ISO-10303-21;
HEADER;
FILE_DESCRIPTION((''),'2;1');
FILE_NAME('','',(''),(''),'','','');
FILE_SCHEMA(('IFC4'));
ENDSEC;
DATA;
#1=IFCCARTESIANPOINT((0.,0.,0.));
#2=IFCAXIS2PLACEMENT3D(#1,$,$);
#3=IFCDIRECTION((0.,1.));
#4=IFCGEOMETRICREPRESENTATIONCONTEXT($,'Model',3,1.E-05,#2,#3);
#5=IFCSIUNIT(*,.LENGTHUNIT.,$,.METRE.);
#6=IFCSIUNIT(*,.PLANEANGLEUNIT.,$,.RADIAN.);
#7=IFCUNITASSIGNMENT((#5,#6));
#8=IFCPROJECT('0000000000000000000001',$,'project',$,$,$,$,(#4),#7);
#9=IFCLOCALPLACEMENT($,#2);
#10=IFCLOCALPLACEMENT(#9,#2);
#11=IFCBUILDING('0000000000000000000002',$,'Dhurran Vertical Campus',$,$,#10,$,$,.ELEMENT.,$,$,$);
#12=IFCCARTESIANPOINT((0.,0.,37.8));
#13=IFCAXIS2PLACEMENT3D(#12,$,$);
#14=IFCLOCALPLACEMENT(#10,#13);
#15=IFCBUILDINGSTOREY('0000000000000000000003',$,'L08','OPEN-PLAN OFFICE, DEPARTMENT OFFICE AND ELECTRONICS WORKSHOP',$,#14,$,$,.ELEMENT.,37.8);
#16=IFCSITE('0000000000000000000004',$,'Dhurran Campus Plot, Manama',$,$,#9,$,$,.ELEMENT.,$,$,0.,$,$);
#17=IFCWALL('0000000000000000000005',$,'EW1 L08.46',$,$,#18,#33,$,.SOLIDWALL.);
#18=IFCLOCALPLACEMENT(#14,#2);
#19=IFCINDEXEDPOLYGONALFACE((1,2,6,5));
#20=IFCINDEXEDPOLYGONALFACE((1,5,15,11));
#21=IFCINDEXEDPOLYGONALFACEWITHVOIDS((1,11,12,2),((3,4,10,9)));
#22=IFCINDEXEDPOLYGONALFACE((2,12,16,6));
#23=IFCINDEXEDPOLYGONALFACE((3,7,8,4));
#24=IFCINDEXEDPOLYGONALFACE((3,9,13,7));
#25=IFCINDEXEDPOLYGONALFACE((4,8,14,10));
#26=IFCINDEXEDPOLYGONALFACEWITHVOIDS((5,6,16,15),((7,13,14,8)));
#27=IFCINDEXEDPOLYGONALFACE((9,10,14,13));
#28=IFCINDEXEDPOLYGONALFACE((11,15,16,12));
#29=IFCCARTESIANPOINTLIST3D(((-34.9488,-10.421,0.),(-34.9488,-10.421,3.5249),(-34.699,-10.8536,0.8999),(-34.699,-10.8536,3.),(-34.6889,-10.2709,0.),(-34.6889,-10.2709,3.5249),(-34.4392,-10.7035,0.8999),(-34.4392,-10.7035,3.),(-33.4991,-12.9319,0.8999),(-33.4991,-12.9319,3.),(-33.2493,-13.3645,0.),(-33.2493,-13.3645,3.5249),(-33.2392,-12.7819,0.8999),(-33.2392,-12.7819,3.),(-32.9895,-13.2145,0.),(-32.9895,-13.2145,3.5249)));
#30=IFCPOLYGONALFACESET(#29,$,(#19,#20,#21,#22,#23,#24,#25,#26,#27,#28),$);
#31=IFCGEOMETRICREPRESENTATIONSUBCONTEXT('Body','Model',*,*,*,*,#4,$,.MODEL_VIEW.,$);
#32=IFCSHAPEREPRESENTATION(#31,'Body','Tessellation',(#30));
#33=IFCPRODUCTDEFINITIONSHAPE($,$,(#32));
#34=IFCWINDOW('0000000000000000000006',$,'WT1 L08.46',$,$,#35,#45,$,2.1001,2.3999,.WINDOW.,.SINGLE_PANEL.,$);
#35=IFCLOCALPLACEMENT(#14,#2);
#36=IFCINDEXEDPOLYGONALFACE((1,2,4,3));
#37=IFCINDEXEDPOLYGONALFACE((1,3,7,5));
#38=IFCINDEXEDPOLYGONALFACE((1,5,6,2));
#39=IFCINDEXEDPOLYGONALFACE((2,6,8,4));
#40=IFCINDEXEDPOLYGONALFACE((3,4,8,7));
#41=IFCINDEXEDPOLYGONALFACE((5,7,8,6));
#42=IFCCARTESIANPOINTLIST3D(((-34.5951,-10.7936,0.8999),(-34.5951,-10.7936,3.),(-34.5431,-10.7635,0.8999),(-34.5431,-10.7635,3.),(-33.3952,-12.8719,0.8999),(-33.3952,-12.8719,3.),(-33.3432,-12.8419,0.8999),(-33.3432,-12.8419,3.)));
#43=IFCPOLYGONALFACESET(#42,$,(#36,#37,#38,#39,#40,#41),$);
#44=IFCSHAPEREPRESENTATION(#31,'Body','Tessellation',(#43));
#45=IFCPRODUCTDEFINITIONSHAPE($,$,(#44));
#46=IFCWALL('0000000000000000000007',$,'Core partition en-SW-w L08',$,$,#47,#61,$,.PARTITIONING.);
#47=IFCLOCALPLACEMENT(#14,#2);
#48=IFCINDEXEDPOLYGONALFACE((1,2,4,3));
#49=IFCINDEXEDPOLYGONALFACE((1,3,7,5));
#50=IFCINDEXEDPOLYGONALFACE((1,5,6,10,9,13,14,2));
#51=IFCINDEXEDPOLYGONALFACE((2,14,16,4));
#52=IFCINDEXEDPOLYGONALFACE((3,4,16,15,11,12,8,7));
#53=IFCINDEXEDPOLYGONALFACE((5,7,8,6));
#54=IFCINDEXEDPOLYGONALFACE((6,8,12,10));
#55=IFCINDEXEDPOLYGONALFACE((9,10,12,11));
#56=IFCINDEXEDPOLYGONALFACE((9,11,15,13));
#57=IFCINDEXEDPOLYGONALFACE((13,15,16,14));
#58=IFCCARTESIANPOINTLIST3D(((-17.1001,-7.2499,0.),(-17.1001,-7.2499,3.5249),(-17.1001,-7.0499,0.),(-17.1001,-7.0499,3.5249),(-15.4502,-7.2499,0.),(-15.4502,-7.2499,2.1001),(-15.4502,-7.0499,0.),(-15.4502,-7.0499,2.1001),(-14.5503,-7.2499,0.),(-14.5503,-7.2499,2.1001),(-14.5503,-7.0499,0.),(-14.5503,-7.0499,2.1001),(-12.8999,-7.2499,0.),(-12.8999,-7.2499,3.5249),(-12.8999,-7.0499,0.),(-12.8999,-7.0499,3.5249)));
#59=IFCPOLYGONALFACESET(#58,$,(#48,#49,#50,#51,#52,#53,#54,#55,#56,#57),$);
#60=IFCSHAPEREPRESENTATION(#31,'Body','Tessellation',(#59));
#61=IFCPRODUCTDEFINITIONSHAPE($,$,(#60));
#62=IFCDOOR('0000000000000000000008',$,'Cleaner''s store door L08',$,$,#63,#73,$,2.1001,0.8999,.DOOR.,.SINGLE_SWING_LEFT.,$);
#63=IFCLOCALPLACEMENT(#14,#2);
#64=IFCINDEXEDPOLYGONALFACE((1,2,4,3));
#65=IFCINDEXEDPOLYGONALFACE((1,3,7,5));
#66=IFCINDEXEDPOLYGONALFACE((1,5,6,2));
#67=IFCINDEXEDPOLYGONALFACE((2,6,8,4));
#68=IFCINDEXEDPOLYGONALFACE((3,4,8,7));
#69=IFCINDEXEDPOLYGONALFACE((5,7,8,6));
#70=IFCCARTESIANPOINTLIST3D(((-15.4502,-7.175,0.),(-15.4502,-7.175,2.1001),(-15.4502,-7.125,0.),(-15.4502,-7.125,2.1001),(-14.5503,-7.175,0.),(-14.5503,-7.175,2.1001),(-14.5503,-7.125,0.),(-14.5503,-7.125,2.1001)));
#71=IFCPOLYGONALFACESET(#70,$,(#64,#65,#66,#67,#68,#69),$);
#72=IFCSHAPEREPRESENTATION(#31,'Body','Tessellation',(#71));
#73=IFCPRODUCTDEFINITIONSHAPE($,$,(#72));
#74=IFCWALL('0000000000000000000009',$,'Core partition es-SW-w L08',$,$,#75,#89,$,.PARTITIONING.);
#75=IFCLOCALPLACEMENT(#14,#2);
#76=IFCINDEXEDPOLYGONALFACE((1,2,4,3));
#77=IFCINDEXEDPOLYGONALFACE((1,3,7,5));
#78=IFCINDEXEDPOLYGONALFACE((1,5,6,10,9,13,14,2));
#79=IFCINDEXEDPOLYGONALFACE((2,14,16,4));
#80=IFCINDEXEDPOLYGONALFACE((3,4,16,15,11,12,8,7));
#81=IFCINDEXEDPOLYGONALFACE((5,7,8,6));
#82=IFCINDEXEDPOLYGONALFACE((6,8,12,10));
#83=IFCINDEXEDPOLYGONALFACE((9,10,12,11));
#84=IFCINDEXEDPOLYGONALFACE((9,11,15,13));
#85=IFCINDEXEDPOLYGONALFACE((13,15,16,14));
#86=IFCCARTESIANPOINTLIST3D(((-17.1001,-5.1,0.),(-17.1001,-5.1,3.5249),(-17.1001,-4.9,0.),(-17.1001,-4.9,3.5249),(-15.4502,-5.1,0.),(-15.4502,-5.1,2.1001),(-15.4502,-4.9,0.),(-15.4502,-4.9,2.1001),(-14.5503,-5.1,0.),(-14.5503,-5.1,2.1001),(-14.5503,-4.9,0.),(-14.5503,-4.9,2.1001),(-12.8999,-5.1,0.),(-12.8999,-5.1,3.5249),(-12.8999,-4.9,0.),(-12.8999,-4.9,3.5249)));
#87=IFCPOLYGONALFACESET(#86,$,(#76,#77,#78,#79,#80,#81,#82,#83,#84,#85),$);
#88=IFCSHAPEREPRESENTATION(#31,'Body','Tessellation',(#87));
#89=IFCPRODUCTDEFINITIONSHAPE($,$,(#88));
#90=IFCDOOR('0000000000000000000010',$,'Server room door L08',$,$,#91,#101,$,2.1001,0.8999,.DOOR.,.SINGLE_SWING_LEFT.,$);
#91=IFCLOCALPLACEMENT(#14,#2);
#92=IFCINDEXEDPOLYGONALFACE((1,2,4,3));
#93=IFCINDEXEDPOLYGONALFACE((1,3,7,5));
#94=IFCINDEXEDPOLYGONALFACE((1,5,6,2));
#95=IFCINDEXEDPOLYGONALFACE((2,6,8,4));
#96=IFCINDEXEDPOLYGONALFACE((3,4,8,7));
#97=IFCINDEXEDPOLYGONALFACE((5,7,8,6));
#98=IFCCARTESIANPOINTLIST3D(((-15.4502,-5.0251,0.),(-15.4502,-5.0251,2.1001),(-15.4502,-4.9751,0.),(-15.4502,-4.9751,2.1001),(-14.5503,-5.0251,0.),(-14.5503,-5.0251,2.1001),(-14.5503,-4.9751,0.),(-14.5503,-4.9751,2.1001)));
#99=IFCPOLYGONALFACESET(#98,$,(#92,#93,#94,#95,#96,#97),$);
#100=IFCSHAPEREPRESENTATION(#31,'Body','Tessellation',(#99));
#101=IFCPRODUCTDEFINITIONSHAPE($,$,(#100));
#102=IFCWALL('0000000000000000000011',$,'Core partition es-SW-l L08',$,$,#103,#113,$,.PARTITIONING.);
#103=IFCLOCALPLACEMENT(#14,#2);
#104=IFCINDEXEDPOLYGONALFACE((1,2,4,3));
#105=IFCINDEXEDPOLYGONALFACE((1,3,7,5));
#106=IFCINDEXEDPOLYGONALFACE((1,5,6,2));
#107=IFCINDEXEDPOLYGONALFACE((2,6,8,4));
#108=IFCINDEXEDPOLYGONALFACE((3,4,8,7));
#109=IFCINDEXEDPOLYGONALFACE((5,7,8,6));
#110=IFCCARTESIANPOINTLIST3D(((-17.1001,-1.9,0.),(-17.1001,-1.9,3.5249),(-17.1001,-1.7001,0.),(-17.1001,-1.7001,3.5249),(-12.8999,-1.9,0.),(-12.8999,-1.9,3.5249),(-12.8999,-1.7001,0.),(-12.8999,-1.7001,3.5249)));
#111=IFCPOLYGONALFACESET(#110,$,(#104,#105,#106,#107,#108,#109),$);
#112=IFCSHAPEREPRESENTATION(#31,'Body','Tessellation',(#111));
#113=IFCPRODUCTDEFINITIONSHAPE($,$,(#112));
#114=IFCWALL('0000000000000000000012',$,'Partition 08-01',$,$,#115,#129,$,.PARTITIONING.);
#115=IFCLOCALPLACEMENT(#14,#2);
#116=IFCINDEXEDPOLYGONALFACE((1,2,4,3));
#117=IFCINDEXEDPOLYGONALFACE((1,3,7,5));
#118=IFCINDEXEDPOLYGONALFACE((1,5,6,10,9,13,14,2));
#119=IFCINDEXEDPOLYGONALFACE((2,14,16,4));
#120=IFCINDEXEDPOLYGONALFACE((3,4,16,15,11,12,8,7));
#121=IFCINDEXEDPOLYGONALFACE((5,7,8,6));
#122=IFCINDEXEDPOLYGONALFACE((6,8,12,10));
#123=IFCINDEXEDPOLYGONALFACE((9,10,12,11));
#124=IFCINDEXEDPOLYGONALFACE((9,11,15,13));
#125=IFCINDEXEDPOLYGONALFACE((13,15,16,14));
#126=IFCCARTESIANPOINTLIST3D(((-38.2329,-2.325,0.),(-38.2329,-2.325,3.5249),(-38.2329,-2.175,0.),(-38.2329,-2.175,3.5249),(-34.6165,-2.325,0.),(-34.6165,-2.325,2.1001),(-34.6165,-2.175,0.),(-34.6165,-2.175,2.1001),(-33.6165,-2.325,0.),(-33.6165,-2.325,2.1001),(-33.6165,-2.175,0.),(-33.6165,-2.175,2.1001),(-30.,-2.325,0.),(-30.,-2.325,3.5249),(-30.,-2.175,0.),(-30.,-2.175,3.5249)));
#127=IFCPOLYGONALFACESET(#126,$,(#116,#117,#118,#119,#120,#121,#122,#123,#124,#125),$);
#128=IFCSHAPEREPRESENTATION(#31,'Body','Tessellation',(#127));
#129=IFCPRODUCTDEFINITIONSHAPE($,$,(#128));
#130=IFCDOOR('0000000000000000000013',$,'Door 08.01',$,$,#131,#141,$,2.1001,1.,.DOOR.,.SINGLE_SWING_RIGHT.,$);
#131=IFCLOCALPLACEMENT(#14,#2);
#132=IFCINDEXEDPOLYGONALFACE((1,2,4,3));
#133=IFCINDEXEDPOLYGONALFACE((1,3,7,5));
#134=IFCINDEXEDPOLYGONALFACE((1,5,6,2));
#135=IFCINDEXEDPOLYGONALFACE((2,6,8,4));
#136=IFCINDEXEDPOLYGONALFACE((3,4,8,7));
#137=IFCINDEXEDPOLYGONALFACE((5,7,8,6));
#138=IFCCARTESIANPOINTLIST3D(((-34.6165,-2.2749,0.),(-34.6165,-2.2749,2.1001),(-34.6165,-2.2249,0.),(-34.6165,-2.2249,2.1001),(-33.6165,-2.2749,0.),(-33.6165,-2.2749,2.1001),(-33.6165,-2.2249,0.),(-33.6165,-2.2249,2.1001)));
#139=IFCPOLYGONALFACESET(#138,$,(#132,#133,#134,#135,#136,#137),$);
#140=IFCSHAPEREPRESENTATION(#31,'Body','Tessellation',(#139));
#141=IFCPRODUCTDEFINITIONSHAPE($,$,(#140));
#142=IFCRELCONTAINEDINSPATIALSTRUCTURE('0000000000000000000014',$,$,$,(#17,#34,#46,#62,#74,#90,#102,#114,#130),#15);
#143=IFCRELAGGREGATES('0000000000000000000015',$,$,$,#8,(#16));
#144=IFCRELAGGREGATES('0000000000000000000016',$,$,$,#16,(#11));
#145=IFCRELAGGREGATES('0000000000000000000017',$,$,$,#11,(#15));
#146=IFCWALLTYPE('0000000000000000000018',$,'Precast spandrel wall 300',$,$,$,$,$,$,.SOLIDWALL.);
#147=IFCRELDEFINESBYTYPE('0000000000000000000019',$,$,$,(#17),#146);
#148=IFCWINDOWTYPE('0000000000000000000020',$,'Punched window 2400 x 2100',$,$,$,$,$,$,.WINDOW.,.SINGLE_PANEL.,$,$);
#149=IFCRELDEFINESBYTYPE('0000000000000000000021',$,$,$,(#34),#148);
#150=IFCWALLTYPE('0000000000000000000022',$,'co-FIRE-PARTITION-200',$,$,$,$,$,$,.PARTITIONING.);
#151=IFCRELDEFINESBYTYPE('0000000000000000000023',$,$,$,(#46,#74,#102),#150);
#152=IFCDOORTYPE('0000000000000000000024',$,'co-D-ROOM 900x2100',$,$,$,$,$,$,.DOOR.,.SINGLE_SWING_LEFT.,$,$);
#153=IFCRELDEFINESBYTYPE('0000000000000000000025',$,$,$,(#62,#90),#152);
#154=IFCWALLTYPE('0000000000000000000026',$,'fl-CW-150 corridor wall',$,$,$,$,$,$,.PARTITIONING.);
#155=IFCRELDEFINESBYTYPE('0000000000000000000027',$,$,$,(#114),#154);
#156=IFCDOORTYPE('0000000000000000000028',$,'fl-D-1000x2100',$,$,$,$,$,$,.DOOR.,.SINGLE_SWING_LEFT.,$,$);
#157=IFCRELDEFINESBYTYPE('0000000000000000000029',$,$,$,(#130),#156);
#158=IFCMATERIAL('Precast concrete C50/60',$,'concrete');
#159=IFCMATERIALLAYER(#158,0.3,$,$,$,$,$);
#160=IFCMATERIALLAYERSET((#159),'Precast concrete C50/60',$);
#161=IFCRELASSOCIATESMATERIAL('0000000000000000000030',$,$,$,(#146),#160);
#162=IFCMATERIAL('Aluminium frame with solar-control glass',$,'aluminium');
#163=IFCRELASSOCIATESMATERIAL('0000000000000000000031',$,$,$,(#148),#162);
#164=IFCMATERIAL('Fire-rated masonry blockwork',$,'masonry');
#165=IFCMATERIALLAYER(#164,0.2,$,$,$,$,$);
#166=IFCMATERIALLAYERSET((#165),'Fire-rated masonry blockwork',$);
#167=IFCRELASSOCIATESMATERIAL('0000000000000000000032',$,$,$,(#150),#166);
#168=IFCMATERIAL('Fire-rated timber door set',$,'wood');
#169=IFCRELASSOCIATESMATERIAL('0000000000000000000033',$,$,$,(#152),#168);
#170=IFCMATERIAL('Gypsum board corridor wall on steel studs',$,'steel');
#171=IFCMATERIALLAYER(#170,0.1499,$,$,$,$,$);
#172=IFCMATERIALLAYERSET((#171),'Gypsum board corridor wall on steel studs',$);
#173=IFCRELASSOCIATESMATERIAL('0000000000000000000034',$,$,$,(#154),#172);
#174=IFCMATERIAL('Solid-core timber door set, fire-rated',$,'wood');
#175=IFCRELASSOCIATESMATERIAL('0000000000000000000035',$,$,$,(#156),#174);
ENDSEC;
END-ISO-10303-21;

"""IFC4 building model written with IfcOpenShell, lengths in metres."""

from ifc_helpers import new_model, si_unit, direction, frame, frame_2d, origin, place, context, subcontext, project, spatial, rectangle, extrude, material, layer, layer_set, type_object, element, fill, save


model = new_model("IFC4")

# Units and contexts
model_context = context("Model", 3, precision=1e-05, world=origin(), true_north=direction((0.0, 1.0)))
body_context = subcontext(model_context, "Body", "Model", "MODEL_VIEW")
ifc_project = project(units=[si_unit("LENGTHUNIT", "METRE"), si_unit("PLANEANGLEUNIT", "RADIAN")], contexts=[model_context])

# Site, building, storey
site_placement = place(None, origin())
site = spatial("IfcSite", under=ifc_project, at=site_placement, Name="Dhurran Campus Plot, Manama", CompositionType="ELEMENT", RefElevation=0.0)
building_placement = place(site_placement, origin())
building = spatial("IfcBuilding", under=site, at=building_placement, Name="Dhurran Vertical Campus", CompositionType="ELEMENT")
storey_placement = place(building_placement, frame((0.0, 0.0, 37.8)))
storey = spatial("IfcBuildingStorey", under=building, at=storey_placement, Name="L08", Description="OPEN-PLAN OFFICE, DEPARTMENT OFFICE AND ELECTRONICS WORKSHOP", CompositionType="ELEMENT", Elevation=37.8)

# Wall, opening, window
ifc_material_1 = material(Name="Precast concrete C50/60", Category="concrete")
ifc_layer_1 = layer(ifc_material_1, 0.3)
ifc_layer_set_1 = layer_set([ifc_layer_1], Name="Precast concrete C50/60")
wall_type_1 = type_object("IfcWallType", Name="Precast spandrel wall 300", PredefinedType="SOLIDWALL", material=ifc_layer_set_1)
ifc_material_2 = material(Name="Aluminium frame with solar-control glass", Category="aluminium")
window_type = type_object("IfcWindowType", Name="Punched window 2400 x 2100", PartitioningType="SINGLE_PANEL", PredefinedType="WINDOW", material=ifc_material_2)
wall_1_placement = place(storey_placement, frame((-34.8188, -10.3459, 0.0), z_axis=(0.0, 0.0, 1.0), x_axis=(0.499994, -0.866029, 0.0)))
wall_1 = element("IfcWall", 1, at=wall_1_placement, inside=storey, type_object=wall_type_1, Name="EW1 L08.46", PredefinedType="SOLIDWALL", context=body_context, shape_type="SweptSolid", body=[
    extrude(rectangle(XDim=3.3989, YDim=0.3, at=frame_2d((1.6995, 0.0))), origin(), (0.0, 0.0, 1.0), 3.5249),
])
opening_1_placement = place(wall_1_placement, frame((0.4995, 0.0, 0.8999)))
opening_1 = element("IfcOpeningElement", 2, at=opening_1_placement, cuts=wall_1, PredefinedType="OPENING", context=body_context, shape_type="SweptSolid", body=[
    extrude(rectangle(XDim=2.3999, YDim=2.1001, at=frame_2d((1.2, 1.05))), frame((0.0, 0.1599, 0.0), z_axis=(0.0, -1.0, 0.0), x_axis=(1.0, 0.0, 0.0)), (0.0, 0.0, 1.0), 0.3201),
])
window_1_placement = place(opening_1_placement, origin())
window_1 = element("IfcWindow", 3, at=window_1_placement, inside=storey, type_object=window_type, Name="WT1 L08.46", OverallHeight=2.1001, OverallWidth=2.3999, PartitioningType="SINGLE_PANEL", PredefinedType="WINDOW", context=body_context, shape_type="SweptSolid", body=[
    extrude(rectangle(XDim=2.3999, YDim=2.1001, at=frame_2d((1.2, 1.05))), frame((0.0, 0.03, 0.0), z_axis=(0.0, -1.0, 0.0), x_axis=(1.0, 0.0, 0.0)), (0.0, 0.0, 1.0), 0.0601),
])
fill(opening_1, window_1)

# Walls, openings, doors
ifc_material_3 = material(Name="Fire-rated masonry blockwork", Category="masonry")
ifc_layer_2 = layer(ifc_material_3, 0.2)
ifc_layer_set_2 = layer_set([ifc_layer_2], Name="Fire-rated masonry blockwork")
wall_type_2 = type_object("IfcWallType", Name="co-FIRE-PARTITION-200", PredefinedType="PARTITIONING", material=ifc_layer_set_2)
wall_2_placement = place(storey_placement, frame((-17.1001, -7.1499, 0.0), z_axis=(0.0, 0.0, 1.0), x_axis=(1.0, 0.0, 0.0)))
wall_2 = element("IfcWall", 4, at=wall_2_placement, inside=storey, type_object=wall_type_2, Name="Core partition en-SW-w L08", PredefinedType="PARTITIONING", context=body_context, shape_type="SweptSolid", body=[
    extrude(rectangle(XDim=4.2002, YDim=0.2, at=frame_2d((2.1001, 0.0))), origin(), (0.0, 0.0, 1.0), 3.5249),
])
opening_2_placement = place(wall_2_placement, frame((1.6499, 0.0, 0.0)))
opening_2 = element("IfcOpeningElement", 5, at=opening_2_placement, cuts=wall_2, PredefinedType="OPENING", context=body_context, shape_type="SweptSolid", body=[
    extrude(rectangle(XDim=0.8999, YDim=2.1001, at=frame_2d((0.45, 1.05))), frame((0.0, 0.1099, 0.0), z_axis=(0.0, -1.0, 0.0), x_axis=(1.0, 0.0, 0.0)), (0.0, 0.0, 1.0), 0.22),
])
ifc_material_4 = material(Name="Fire-rated timber door set", Category="wood")
door_type_1 = type_object("IfcDoorType", Name="co-D-ROOM 900x2100", OperationType="SINGLE_SWING_LEFT", PredefinedType="DOOR", material=ifc_material_4)
door_1_placement = place(opening_2_placement, origin())
door_1 = element("IfcDoor", 6, at=door_1_placement, inside=storey, type_object=door_type_1, Name="Cleaner's store door L08", OperationType="SINGLE_SWING_LEFT", OverallHeight=2.1001, OverallWidth=0.8999, PredefinedType="DOOR", context=body_context, shape_type="SweptSolid", body=[
    extrude(rectangle(XDim=0.8999, YDim=2.1001, at=frame_2d((0.45, 1.05))), frame((0.0, 0.0249, 0.0), z_axis=(0.0, -1.0, 0.0), x_axis=(1.0, 0.0, 0.0)), (0.0, 0.0, 1.0), 0.05),
])
fill(opening_2, door_1)
wall_3_placement = place(storey_placement, frame((-17.1001, -5.0, 0.0), z_axis=(0.0, 0.0, 1.0), x_axis=(1.0, 0.0, 0.0)))
wall_3 = element("IfcWall", 7, at=wall_3_placement, inside=storey, type_object=wall_type_2, Name="Core partition es-SW-w L08", PredefinedType="PARTITIONING", context=body_context, shape_type="SweptSolid", body=[
    extrude(rectangle(XDim=4.2002, YDim=0.2, at=frame_2d((2.1001, 0.0))), origin(), (0.0, 0.0, 1.0), 3.5249),
])
opening_3_placement = place(wall_3_placement, frame((1.6499, 0.0, 0.0)))
opening_3 = element("IfcOpeningElement", 8, at=opening_3_placement, cuts=wall_3, PredefinedType="OPENING", context=body_context, shape_type="SweptSolid", body=[
    extrude(rectangle(XDim=0.8999, YDim=2.1001, at=frame_2d((0.45, 1.05))), frame((0.0, 0.1099, 0.0), z_axis=(0.0, -1.0, 0.0), x_axis=(1.0, 0.0, 0.0)), (0.0, 0.0, 1.0), 0.22),
])
door_2_placement = place(opening_3_placement, origin())
door_2 = element("IfcDoor", 9, at=door_2_placement, inside=storey, type_object=door_type_1, Name="Server room door L08", OperationType="SINGLE_SWING_LEFT", OverallHeight=2.1001, OverallWidth=0.8999, PredefinedType="DOOR", context=body_context, shape_type="SweptSolid", body=[
    extrude(rectangle(XDim=0.8999, YDim=2.1001, at=frame_2d((0.45, 1.05))), frame((0.0, 0.0249, 0.0), z_axis=(0.0, -1.0, 0.0), x_axis=(1.0, 0.0, 0.0)), (0.0, 0.0, 1.0), 0.05),
])
fill(opening_3, door_2)

# Wall
wall_4_placement = place(storey_placement, frame((-17.1001, -1.8, 0.0), z_axis=(0.0, 0.0, 1.0), x_axis=(1.0, 0.0, 0.0)))
element("IfcWall", 10, at=wall_4_placement, inside=storey, type_object=wall_type_2, Name="Core partition es-SW-l L08", PredefinedType="PARTITIONING", context=body_context, shape_type="SweptSolid", body=[
    extrude(rectangle(XDim=4.2002, YDim=0.2, at=frame_2d((2.1001, 0.0))), origin(), (0.0, 0.0, 1.0), 3.5249),
])

# Wall, opening, door
ifc_material_5 = material(Name="Gypsum board corridor wall on steel studs", Category="steel")
ifc_layer_3 = layer(ifc_material_5, 0.1499)
ifc_layer_set_3 = layer_set([ifc_layer_3], Name="Gypsum board corridor wall on steel studs")
wall_type_3 = type_object("IfcWallType", Name="fl-CW-150 corridor wall", PredefinedType="PARTITIONING", material=ifc_layer_set_3)
wall_5_placement = place(storey_placement, frame((-30.0, -2.25, 0.0), z_axis=(0.0, 0.0, 1.0), x_axis=(-1.0, 0.0, 0.0)))
wall_5 = element("IfcWall", 11, at=wall_5_placement, inside=storey, type_object=wall_type_3, Name="Partition 08-01", PredefinedType="PARTITIONING", context=body_context, shape_type="SweptSolid", body=[
    extrude(rectangle(XDim=8.2329, YDim=0.1499, at=frame_2d((4.1165, 0.0))), origin(), (0.0, 0.0, 1.0), 3.5249),
])
opening_4_placement = place(wall_5_placement, frame((3.6165, 0.0, 0.0)))
opening_4 = element("IfcOpeningElement", 12, at=opening_4_placement, cuts=wall_5, PredefinedType="OPENING", context=body_context, shape_type="SweptSolid", body=[
    extrude(rectangle(XDim=1.0, YDim=2.1001, at=frame_2d((0.5, 1.05))), frame((0.0, 0.085, 0.0), z_axis=(0.0, -1.0, 0.0), x_axis=(1.0, 0.0, 0.0)), (0.0, 0.0, 1.0), 0.1699),
])
ifc_material_6 = material(Name="Solid-core timber door set, fire-rated", Category="wood")
door_type_2 = type_object("IfcDoorType", Name="fl-D-1000x2100", OperationType="SINGLE_SWING_LEFT", PredefinedType="DOOR", material=ifc_material_6)
door_3_placement = place(opening_4_placement, origin())
door_3 = element("IfcDoor", 13, at=door_3_placement, inside=storey, type_object=door_type_2, Name="Door 08.01", OperationType="SINGLE_SWING_RIGHT", OverallHeight=2.1001, OverallWidth=1.0, PredefinedType="DOOR", context=body_context, shape_type="SweptSolid", body=[
    extrude(rectangle(XDim=1.0, YDim=2.1001, at=frame_2d((0.5, 1.05))), frame((0.0, 0.0249, 0.0), z_axis=(0.0, -1.0, 0.0), x_axis=(1.0, 0.0, 0.0)), (0.0, 0.0, 1.0), 0.05),
])
fill(opening_4, door_3)

save(model, "model.ifc")
